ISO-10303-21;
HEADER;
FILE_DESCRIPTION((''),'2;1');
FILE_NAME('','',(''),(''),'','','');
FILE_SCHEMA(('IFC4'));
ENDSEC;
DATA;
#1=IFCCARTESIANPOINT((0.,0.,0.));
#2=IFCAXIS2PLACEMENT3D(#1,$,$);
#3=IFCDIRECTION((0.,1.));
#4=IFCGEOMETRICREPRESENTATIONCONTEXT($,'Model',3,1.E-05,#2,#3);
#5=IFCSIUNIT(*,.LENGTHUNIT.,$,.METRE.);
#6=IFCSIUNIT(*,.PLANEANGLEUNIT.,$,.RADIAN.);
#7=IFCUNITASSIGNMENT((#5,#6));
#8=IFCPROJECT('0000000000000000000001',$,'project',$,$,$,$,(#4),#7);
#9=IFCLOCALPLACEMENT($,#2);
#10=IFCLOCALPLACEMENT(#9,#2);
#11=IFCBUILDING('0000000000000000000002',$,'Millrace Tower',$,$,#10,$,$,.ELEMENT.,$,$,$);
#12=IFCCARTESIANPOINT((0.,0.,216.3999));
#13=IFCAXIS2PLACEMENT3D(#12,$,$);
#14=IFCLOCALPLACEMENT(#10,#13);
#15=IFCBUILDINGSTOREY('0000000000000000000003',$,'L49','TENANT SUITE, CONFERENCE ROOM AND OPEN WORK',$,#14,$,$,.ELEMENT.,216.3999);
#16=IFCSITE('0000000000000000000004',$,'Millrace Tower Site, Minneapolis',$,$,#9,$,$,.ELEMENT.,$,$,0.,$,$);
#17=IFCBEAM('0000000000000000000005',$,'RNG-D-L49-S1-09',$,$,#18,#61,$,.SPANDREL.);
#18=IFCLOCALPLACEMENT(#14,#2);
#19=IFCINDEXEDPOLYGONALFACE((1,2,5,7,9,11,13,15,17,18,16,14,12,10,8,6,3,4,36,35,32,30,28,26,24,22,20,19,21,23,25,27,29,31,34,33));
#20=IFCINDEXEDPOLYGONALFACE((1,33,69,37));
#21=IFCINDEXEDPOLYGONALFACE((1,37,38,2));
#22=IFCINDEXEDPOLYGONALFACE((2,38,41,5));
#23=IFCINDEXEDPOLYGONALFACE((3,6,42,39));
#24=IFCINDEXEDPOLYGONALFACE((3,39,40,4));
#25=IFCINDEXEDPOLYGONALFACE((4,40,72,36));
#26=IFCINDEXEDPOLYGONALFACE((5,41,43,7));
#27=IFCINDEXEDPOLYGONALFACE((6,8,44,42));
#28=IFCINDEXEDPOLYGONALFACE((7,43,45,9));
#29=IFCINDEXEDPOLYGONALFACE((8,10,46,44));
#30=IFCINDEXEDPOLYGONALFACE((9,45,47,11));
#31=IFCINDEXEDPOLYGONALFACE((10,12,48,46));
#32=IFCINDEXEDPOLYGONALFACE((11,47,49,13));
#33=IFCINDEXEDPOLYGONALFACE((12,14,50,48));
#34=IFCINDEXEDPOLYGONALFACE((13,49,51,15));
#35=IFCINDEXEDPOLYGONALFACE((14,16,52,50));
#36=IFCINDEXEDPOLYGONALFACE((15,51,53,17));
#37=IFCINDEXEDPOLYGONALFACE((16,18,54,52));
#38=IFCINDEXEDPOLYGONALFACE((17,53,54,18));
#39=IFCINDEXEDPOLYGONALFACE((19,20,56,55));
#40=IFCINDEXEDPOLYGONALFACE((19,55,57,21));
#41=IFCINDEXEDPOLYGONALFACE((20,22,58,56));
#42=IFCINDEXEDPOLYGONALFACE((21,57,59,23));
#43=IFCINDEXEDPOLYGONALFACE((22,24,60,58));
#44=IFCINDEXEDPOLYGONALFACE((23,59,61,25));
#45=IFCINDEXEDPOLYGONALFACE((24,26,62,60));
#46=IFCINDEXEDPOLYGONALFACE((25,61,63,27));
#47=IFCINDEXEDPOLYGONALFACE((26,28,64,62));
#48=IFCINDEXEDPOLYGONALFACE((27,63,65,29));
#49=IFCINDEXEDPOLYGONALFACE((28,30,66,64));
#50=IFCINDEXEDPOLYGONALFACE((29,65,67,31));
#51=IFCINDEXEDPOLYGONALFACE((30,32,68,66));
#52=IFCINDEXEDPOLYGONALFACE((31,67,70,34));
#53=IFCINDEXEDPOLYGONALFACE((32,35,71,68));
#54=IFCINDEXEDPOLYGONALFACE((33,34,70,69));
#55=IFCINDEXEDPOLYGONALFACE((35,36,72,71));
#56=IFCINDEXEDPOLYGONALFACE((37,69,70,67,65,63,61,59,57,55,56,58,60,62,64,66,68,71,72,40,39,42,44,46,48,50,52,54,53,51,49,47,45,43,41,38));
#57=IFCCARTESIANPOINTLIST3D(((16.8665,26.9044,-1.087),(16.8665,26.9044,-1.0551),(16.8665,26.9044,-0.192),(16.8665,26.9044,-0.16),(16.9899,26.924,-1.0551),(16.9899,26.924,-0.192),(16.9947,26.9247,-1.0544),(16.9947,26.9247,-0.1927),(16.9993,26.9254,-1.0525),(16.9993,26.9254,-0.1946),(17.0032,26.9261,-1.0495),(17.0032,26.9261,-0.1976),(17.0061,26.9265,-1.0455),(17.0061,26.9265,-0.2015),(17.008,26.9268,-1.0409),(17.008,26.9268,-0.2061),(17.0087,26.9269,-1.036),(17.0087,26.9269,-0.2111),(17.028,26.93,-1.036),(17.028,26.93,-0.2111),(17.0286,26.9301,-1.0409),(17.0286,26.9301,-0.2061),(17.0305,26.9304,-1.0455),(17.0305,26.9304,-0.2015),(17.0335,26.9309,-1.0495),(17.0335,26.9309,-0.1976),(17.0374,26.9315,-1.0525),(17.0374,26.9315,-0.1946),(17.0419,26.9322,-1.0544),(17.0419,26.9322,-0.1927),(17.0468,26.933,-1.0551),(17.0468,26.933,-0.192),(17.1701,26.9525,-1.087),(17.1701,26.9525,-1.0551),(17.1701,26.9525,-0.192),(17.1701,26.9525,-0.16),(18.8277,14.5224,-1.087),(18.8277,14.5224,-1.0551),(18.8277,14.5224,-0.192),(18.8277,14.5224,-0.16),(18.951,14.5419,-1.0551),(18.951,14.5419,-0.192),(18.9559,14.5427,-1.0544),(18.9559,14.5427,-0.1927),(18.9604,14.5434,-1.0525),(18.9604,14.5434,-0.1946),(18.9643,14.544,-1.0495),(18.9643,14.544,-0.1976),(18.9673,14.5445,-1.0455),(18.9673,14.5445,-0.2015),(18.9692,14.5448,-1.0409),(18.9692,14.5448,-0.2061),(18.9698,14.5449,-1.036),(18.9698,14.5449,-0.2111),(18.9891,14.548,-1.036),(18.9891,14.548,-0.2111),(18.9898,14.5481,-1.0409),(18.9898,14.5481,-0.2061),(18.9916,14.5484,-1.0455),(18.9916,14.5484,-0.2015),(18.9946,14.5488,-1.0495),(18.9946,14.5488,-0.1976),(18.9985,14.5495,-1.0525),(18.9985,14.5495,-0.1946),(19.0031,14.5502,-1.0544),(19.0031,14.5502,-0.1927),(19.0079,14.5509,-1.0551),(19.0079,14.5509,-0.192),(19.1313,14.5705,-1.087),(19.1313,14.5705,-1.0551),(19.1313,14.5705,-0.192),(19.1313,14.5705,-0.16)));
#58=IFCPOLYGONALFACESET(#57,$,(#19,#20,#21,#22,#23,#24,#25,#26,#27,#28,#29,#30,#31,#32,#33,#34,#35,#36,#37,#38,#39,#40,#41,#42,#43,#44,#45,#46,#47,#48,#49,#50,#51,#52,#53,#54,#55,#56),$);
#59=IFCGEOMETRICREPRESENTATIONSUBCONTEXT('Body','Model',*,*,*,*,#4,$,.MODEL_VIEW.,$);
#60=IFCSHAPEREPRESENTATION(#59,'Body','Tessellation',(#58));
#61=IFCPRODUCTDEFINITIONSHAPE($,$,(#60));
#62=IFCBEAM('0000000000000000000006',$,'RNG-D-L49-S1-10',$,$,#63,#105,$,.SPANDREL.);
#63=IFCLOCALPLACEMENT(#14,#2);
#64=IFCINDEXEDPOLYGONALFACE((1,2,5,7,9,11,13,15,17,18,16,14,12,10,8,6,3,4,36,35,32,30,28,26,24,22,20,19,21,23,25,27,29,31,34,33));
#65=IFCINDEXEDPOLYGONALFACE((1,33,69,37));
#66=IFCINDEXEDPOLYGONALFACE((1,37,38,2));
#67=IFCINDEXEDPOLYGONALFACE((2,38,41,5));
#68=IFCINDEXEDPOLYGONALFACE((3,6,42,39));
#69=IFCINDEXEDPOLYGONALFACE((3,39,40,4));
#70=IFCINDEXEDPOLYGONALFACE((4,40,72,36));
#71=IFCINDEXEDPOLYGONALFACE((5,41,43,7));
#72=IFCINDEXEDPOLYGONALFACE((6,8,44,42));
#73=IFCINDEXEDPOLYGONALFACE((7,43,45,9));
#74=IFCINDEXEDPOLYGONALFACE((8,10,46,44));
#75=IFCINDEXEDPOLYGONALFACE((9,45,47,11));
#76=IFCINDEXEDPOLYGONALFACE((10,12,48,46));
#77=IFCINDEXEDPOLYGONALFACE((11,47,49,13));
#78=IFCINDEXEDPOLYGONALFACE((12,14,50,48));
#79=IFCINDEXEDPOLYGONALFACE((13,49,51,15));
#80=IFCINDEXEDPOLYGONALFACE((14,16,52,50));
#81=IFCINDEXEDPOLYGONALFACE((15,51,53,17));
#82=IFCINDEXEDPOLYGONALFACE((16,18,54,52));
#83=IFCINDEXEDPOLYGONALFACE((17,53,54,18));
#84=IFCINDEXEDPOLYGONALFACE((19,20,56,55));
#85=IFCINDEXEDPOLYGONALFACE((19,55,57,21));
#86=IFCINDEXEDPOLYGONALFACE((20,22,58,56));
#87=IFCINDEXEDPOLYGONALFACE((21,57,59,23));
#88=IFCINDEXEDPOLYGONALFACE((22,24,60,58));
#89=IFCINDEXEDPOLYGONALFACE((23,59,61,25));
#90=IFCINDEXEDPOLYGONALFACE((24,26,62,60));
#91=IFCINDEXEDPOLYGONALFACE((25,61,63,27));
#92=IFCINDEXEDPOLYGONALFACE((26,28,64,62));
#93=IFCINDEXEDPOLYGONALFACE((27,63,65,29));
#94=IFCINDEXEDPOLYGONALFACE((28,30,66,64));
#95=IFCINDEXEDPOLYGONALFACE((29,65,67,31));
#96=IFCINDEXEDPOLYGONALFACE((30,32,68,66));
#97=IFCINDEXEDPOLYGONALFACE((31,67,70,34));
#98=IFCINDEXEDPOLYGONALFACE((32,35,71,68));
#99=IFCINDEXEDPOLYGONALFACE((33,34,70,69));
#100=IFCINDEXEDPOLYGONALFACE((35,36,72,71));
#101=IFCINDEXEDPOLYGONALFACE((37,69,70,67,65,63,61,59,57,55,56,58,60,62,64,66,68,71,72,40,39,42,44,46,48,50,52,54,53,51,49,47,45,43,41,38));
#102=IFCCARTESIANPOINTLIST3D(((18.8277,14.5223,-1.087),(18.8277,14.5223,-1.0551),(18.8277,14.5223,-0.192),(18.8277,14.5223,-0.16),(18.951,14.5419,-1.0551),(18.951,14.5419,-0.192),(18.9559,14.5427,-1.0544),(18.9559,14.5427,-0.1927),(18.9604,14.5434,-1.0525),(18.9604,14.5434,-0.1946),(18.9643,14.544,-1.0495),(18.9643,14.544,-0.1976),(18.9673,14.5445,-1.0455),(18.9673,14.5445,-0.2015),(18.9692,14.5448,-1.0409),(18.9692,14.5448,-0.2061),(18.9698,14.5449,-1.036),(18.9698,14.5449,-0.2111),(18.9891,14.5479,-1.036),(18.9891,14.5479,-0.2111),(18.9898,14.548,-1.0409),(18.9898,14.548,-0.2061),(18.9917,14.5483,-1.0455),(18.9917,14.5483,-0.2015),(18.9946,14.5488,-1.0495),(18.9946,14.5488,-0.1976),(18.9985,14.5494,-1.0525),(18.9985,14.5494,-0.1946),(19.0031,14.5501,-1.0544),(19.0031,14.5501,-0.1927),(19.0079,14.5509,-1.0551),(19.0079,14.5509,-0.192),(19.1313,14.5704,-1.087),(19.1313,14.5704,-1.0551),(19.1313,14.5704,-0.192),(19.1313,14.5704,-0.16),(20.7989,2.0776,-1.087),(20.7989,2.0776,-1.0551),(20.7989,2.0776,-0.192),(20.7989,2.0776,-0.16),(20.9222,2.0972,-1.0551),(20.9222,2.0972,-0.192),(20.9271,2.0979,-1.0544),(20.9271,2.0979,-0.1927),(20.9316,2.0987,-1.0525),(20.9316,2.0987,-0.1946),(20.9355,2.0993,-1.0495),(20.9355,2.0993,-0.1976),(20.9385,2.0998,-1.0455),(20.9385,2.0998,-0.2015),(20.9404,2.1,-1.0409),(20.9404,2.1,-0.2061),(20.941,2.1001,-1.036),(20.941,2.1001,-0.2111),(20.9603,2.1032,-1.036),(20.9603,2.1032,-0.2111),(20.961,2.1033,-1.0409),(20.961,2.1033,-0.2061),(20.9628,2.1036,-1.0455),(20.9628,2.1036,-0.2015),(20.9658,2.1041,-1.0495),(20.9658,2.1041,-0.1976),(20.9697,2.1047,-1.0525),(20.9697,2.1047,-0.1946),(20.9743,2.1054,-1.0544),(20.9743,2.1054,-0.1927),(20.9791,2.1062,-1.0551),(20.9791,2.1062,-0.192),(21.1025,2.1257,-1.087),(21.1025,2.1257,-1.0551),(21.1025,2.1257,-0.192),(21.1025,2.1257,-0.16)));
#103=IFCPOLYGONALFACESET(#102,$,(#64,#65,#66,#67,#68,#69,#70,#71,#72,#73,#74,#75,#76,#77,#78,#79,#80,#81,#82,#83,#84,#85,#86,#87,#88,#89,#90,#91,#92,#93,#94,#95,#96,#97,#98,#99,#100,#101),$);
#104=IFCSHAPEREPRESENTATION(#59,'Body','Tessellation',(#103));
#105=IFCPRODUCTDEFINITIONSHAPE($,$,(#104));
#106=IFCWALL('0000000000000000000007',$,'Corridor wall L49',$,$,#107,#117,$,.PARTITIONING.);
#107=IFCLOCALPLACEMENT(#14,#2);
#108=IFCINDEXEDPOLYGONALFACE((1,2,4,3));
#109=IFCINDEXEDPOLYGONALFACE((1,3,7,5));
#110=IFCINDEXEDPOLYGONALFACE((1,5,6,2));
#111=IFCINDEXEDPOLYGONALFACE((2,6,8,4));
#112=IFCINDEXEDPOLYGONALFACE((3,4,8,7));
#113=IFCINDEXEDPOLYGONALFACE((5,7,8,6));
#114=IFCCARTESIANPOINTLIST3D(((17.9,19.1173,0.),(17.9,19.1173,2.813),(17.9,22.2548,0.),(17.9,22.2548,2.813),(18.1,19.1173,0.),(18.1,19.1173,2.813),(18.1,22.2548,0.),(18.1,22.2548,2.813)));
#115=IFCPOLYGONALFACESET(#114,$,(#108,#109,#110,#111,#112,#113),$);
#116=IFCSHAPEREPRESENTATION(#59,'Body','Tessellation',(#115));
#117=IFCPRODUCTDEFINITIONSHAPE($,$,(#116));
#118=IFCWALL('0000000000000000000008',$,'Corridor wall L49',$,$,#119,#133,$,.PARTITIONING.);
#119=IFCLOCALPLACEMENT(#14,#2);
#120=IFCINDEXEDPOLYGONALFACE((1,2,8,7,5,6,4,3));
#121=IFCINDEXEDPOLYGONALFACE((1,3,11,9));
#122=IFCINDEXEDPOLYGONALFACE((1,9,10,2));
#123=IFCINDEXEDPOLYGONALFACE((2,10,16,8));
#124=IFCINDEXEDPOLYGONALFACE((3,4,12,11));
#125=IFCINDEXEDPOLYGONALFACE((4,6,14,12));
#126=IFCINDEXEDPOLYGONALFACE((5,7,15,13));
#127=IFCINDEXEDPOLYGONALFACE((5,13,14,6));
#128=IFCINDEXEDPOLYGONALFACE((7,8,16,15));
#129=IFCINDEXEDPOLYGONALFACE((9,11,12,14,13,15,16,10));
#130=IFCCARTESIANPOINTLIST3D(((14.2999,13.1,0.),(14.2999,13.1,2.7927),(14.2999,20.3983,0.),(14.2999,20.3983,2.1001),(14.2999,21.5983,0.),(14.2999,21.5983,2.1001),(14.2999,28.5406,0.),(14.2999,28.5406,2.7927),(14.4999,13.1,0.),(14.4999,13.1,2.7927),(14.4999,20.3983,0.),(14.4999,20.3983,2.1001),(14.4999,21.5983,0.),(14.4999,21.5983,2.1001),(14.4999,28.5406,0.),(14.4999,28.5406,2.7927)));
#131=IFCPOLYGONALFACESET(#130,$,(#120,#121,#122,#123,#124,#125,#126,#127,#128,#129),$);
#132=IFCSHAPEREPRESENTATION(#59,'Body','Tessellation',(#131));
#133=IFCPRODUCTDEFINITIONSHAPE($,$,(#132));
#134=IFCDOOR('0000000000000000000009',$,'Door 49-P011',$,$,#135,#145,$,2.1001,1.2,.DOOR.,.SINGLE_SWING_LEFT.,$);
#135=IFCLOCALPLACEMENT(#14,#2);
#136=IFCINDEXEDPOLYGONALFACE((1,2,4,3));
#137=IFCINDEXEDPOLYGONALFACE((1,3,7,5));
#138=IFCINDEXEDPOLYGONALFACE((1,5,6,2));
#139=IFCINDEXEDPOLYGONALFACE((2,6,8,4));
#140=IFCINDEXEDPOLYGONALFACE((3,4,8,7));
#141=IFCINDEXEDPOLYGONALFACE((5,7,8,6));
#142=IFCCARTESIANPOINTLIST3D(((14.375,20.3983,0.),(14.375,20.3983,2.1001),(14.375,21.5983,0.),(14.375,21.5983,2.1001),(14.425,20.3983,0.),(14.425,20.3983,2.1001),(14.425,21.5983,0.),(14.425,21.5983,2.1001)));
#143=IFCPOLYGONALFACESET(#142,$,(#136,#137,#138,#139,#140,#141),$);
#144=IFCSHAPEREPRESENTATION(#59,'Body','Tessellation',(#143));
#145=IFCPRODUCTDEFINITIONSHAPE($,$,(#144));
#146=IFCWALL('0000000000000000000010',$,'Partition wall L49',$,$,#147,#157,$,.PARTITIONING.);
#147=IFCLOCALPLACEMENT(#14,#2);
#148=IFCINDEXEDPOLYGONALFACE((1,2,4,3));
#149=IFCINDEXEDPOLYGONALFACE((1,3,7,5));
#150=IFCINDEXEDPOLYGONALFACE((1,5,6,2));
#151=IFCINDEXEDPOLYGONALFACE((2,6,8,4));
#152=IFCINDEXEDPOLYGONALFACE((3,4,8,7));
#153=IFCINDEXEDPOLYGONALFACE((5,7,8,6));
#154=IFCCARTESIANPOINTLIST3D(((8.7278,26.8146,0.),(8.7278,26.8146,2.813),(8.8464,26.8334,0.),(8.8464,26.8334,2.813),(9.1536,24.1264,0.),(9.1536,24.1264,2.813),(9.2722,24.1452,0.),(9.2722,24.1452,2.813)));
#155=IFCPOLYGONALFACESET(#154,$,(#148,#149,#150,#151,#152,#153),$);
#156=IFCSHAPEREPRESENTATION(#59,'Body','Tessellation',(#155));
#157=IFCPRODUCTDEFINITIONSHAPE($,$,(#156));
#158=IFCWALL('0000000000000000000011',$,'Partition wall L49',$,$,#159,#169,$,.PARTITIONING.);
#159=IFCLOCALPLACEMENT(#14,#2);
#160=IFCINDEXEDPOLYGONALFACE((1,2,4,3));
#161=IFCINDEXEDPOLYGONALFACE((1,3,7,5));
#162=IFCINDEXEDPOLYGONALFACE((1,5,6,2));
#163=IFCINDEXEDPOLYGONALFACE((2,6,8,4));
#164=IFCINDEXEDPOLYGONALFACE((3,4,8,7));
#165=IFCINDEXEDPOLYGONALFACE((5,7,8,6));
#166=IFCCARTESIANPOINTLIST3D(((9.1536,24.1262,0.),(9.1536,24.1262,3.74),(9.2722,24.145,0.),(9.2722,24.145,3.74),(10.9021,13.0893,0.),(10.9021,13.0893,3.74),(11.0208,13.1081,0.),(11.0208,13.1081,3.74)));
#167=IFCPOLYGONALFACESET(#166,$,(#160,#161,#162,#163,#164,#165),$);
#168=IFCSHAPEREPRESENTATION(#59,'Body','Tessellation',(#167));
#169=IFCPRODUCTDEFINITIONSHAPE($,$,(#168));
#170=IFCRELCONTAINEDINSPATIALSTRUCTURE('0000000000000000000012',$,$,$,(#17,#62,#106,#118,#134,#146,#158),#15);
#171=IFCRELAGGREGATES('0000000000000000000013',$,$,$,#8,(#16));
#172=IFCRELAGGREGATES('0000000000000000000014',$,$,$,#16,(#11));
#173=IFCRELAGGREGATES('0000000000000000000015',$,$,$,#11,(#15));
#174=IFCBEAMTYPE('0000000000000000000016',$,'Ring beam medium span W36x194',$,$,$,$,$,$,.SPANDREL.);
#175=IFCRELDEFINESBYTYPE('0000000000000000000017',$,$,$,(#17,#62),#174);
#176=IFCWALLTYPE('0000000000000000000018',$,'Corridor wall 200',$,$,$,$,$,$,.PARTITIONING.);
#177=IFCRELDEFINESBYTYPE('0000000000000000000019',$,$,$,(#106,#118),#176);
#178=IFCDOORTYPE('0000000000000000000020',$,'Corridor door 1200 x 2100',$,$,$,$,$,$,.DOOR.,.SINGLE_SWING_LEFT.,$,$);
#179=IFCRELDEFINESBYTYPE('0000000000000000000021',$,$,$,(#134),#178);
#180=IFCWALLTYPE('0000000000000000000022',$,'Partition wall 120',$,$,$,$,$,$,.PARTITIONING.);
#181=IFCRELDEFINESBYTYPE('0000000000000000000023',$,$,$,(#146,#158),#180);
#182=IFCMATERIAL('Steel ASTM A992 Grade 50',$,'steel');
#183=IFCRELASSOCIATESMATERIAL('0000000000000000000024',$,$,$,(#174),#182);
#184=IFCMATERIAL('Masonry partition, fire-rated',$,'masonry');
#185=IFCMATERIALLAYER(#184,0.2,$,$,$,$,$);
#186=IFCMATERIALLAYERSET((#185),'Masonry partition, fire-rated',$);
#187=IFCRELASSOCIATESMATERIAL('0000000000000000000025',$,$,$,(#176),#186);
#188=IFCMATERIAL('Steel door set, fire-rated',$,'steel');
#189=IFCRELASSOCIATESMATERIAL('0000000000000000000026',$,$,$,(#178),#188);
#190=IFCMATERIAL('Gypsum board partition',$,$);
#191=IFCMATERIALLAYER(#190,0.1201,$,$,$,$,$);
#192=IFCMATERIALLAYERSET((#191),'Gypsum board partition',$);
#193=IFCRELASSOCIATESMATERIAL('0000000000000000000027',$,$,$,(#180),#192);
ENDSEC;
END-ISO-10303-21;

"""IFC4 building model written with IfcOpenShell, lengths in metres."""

from ifc_helpers import new_model, si_unit, direction, frame, frame_2d, origin, origin_2d, place, context, subcontext, project, spatial, rectangle, i_section, extrude, material, layer, layer_set, material_profile, profile_set, type_object, element, fill, save


model = new_model("IFC4")

# Units and contexts
model_context = context("Model", 3, precision=1e-05, world=origin(), true_north=direction((0.0, 1.0)))
body_context = subcontext(model_context, "Body", "Model", "MODEL_VIEW")
ifc_project = project(units=[si_unit("LENGTHUNIT", "METRE"), si_unit("PLANEANGLEUNIT", "RADIAN")], contexts=[model_context])

# Site, building, storey
site_placement = place(None, origin())
site = spatial("IfcSite", under=ifc_project, at=site_placement, Name="Millrace Tower Site, Minneapolis", CompositionType="ELEMENT", RefElevation=0.0)
building_placement = place(site_placement, origin())
building = spatial("IfcBuilding", under=site, at=building_placement, Name="Millrace Tower", CompositionType="ELEMENT")
storey_placement = place(building_placement, frame((0.0, 0.0, 216.3999)))
storey = spatial("IfcBuildingStorey", under=building, at=storey_placement, Name="L49", Description="TENANT SUITE, CONFERENCE ROOM AND OPEN WORK", CompositionType="ELEMENT", Elevation=216.3999)

# Beams
ifc_material_1 = material(Name="Steel ASTM A992 Grade 50", Category="steel")
ifc_material_profile_1 = material_profile(ifc_material_1, i_section(OverallWidth=0.3074, OverallDepth=0.927, WebThickness=0.0195, FlangeThickness=0.032, FilletRadius=0.019, at=origin_2d()))
ifc_profile_set_1 = profile_set([ifc_material_profile_1], Name="Steel ASTM A992 Grade 50")
beam_type_1 = type_object("IfcBeamType", Name="Ring beam medium span W36x194", PredefinedType="SPANDREL", material=ifc_profile_set_1)
beam_1_placement = place(storey_placement, frame((17.0183, 26.9285, -0.6235), z_axis=(0.156439, -0.987688, 0.0), x_axis=(0.987688, 0.156439, 0.0)))
element("IfcBeam", 1, at=beam_1_placement, inside=storey, type_object=beam_type_1, Name="RNG-D-L49-S1-09", PredefinedType="SPANDREL", context=body_context, shape_type="SweptSolid", body=[
    extrude(i_section(OverallWidth=0.3074, OverallDepth=0.927, WebThickness=0.0195, FlangeThickness=0.032, FilletRadius=0.019, at=origin_2d()), origin(), (0.0, 0.0, 1.0), 12.5364),
])
beam_2_placement = place(storey_placement, frame((18.9795, 14.5464, -0.6235), z_axis=(0.156444, -0.987687, 0.0), x_axis=(0.987687, 0.156444, 0.0)))
element("IfcBeam", 2, at=beam_2_placement, inside=storey, type_object=beam_type_1, Name="RNG-D-L49-S1-10", PredefinedType="SPANDREL", context=body_context, shape_type="SweptSolid", body=[
    extrude(i_section(OverallWidth=0.3074, OverallDepth=0.927, WebThickness=0.0195, FlangeThickness=0.032, FilletRadius=0.019, at=origin_2d()), origin(), (0.0, 0.0, 1.0), 12.5999),
])

# Wall
ifc_material_2 = material(Name="Masonry partition, fire-rated", Category="masonry")
ifc_layer_1 = layer(ifc_material_2, 0.2)
ifc_layer_set_1 = layer_set([ifc_layer_1], Name="Masonry partition, fire-rated")
wall_type_1 = type_object("IfcWallType", Name="Corridor wall 200", PredefinedType="PARTITIONING", material=ifc_layer_set_1)
wall_1_placement = place(storey_placement, frame((18.0, 19.1172, 0.0), z_axis=(0.0, 0.0, 1.0), x_axis=(0.0, 1.0, 0.0)))
element("IfcWall", 3, at=wall_1_placement, inside=storey, type_object=wall_type_1, Name="Corridor wall L49", PredefinedType="PARTITIONING", context=body_context, shape_type="SweptSolid", body=[
    extrude(rectangle(XDim=3.1375, YDim=0.2, at=frame_2d((1.5688, 0.0))), origin(), (0.0, 0.0, 1.0), 2.813),
])

# Wall, opening, door
wall_2_placement = place(storey_placement, frame((14.3999, 13.1001, 0.0), z_axis=(0.0, 0.0, 1.0), x_axis=(0.0, 1.0, 0.0)))
wall_2 = element("IfcWall", 4, at=wall_2_placement, inside=storey, type_object=wall_type_1, Name="Corridor wall L49", PredefinedType="PARTITIONING", context=body_context, shape_type="SweptSolid", body=[
    extrude(rectangle(XDim=15.4407, YDim=0.2, at=frame_2d((7.7202, 0.0))), origin(), (0.0, 0.0, 1.0), 2.7927),
])
opening_placement = place(wall_2_placement, frame((7.2981, 0.0, 0.0)))
opening = element("IfcOpeningElement", 5, at=opening_placement, cuts=wall_2, PredefinedType="OPENING", context=body_context, shape_type="SweptSolid", body=[
    extrude(rectangle(XDim=1.2, YDim=2.1001, at=frame_2d((0.6001, 1.05))), frame((0.0, 0.1099, 0.0), z_axis=(0.0, -1.0, 0.0), x_axis=(1.0, 0.0, 0.0)), (0.0, 0.0, 1.0), 0.22),
])
ifc_material_3 = material(Name="Steel door set, fire-rated", Category="steel")
door_type = type_object("IfcDoorType", Name="Corridor door 1200 x 2100", OperationType="SINGLE_SWING_LEFT", PredefinedType="DOOR", material=ifc_material_3)
door_placement = place(opening_placement, origin())
door = element("IfcDoor", 6, at=door_placement, inside=storey, type_object=door_type, Name="Door 49-P011", OperationType="SINGLE_SWING_LEFT", OverallHeight=2.1001, OverallWidth=1.2, PredefinedType="DOOR", context=body_context, shape_type="SweptSolid", body=[
    extrude(rectangle(XDim=1.2, YDim=2.1001, at=frame_2d((0.6001, 1.05))), frame((0.0, 0.0249, 0.0), z_axis=(0.0, -1.0, 0.0), x_axis=(1.0, 0.0, 0.0)), (0.0, 0.0, 1.0), 0.05),
])
fill(opening, door)

# Walls
ifc_material_4 = material(Name="Gypsum board partition")
ifc_layer_2 = layer(ifc_material_4, 0.1201)
ifc_layer_set_2 = layer_set([ifc_layer_2], Name="Gypsum board partition")
wall_type_2 = type_object("IfcWallType", Name="Partition wall 120", PredefinedType="PARTITIONING", material=ifc_layer_set_2)
wall_3_placement = place(storey_placement, frame((8.7871, 26.824, 0.0), z_axis=(0.0, 0.0, 1.0), x_axis=(0.156437, -0.987688, 0.0)))
element("IfcWall", 7, at=wall_3_placement, inside=storey, type_object=wall_type_2, Name="Partition wall L49", PredefinedType="PARTITIONING", context=body_context, shape_type="SweptSolid", body=[
    extrude(rectangle(XDim=2.7217, YDim=0.1201, at=frame_2d((1.3608, 0.0))), origin(), (0.0, 0.0, 1.0), 2.813),
])
wall_4_placement = place(storey_placement, frame((9.2129, 24.1357, 0.0), z_axis=(0.0, 0.0, 1.0), x_axis=(0.156475, -0.987682, 0.0)))
element("IfcWall", 8, at=wall_4_placement, inside=storey, type_object=wall_type_2, Name="Partition wall L49", PredefinedType="PARTITIONING", context=body_context, shape_type="SweptSolid", body=[
    extrude(rectangle(XDim=11.1746, YDim=0.1201, at=frame_2d((5.5874, 0.0))), origin(), (0.0, 0.0, 1.0), 3.74),
])

save(model, "model.ifc")
